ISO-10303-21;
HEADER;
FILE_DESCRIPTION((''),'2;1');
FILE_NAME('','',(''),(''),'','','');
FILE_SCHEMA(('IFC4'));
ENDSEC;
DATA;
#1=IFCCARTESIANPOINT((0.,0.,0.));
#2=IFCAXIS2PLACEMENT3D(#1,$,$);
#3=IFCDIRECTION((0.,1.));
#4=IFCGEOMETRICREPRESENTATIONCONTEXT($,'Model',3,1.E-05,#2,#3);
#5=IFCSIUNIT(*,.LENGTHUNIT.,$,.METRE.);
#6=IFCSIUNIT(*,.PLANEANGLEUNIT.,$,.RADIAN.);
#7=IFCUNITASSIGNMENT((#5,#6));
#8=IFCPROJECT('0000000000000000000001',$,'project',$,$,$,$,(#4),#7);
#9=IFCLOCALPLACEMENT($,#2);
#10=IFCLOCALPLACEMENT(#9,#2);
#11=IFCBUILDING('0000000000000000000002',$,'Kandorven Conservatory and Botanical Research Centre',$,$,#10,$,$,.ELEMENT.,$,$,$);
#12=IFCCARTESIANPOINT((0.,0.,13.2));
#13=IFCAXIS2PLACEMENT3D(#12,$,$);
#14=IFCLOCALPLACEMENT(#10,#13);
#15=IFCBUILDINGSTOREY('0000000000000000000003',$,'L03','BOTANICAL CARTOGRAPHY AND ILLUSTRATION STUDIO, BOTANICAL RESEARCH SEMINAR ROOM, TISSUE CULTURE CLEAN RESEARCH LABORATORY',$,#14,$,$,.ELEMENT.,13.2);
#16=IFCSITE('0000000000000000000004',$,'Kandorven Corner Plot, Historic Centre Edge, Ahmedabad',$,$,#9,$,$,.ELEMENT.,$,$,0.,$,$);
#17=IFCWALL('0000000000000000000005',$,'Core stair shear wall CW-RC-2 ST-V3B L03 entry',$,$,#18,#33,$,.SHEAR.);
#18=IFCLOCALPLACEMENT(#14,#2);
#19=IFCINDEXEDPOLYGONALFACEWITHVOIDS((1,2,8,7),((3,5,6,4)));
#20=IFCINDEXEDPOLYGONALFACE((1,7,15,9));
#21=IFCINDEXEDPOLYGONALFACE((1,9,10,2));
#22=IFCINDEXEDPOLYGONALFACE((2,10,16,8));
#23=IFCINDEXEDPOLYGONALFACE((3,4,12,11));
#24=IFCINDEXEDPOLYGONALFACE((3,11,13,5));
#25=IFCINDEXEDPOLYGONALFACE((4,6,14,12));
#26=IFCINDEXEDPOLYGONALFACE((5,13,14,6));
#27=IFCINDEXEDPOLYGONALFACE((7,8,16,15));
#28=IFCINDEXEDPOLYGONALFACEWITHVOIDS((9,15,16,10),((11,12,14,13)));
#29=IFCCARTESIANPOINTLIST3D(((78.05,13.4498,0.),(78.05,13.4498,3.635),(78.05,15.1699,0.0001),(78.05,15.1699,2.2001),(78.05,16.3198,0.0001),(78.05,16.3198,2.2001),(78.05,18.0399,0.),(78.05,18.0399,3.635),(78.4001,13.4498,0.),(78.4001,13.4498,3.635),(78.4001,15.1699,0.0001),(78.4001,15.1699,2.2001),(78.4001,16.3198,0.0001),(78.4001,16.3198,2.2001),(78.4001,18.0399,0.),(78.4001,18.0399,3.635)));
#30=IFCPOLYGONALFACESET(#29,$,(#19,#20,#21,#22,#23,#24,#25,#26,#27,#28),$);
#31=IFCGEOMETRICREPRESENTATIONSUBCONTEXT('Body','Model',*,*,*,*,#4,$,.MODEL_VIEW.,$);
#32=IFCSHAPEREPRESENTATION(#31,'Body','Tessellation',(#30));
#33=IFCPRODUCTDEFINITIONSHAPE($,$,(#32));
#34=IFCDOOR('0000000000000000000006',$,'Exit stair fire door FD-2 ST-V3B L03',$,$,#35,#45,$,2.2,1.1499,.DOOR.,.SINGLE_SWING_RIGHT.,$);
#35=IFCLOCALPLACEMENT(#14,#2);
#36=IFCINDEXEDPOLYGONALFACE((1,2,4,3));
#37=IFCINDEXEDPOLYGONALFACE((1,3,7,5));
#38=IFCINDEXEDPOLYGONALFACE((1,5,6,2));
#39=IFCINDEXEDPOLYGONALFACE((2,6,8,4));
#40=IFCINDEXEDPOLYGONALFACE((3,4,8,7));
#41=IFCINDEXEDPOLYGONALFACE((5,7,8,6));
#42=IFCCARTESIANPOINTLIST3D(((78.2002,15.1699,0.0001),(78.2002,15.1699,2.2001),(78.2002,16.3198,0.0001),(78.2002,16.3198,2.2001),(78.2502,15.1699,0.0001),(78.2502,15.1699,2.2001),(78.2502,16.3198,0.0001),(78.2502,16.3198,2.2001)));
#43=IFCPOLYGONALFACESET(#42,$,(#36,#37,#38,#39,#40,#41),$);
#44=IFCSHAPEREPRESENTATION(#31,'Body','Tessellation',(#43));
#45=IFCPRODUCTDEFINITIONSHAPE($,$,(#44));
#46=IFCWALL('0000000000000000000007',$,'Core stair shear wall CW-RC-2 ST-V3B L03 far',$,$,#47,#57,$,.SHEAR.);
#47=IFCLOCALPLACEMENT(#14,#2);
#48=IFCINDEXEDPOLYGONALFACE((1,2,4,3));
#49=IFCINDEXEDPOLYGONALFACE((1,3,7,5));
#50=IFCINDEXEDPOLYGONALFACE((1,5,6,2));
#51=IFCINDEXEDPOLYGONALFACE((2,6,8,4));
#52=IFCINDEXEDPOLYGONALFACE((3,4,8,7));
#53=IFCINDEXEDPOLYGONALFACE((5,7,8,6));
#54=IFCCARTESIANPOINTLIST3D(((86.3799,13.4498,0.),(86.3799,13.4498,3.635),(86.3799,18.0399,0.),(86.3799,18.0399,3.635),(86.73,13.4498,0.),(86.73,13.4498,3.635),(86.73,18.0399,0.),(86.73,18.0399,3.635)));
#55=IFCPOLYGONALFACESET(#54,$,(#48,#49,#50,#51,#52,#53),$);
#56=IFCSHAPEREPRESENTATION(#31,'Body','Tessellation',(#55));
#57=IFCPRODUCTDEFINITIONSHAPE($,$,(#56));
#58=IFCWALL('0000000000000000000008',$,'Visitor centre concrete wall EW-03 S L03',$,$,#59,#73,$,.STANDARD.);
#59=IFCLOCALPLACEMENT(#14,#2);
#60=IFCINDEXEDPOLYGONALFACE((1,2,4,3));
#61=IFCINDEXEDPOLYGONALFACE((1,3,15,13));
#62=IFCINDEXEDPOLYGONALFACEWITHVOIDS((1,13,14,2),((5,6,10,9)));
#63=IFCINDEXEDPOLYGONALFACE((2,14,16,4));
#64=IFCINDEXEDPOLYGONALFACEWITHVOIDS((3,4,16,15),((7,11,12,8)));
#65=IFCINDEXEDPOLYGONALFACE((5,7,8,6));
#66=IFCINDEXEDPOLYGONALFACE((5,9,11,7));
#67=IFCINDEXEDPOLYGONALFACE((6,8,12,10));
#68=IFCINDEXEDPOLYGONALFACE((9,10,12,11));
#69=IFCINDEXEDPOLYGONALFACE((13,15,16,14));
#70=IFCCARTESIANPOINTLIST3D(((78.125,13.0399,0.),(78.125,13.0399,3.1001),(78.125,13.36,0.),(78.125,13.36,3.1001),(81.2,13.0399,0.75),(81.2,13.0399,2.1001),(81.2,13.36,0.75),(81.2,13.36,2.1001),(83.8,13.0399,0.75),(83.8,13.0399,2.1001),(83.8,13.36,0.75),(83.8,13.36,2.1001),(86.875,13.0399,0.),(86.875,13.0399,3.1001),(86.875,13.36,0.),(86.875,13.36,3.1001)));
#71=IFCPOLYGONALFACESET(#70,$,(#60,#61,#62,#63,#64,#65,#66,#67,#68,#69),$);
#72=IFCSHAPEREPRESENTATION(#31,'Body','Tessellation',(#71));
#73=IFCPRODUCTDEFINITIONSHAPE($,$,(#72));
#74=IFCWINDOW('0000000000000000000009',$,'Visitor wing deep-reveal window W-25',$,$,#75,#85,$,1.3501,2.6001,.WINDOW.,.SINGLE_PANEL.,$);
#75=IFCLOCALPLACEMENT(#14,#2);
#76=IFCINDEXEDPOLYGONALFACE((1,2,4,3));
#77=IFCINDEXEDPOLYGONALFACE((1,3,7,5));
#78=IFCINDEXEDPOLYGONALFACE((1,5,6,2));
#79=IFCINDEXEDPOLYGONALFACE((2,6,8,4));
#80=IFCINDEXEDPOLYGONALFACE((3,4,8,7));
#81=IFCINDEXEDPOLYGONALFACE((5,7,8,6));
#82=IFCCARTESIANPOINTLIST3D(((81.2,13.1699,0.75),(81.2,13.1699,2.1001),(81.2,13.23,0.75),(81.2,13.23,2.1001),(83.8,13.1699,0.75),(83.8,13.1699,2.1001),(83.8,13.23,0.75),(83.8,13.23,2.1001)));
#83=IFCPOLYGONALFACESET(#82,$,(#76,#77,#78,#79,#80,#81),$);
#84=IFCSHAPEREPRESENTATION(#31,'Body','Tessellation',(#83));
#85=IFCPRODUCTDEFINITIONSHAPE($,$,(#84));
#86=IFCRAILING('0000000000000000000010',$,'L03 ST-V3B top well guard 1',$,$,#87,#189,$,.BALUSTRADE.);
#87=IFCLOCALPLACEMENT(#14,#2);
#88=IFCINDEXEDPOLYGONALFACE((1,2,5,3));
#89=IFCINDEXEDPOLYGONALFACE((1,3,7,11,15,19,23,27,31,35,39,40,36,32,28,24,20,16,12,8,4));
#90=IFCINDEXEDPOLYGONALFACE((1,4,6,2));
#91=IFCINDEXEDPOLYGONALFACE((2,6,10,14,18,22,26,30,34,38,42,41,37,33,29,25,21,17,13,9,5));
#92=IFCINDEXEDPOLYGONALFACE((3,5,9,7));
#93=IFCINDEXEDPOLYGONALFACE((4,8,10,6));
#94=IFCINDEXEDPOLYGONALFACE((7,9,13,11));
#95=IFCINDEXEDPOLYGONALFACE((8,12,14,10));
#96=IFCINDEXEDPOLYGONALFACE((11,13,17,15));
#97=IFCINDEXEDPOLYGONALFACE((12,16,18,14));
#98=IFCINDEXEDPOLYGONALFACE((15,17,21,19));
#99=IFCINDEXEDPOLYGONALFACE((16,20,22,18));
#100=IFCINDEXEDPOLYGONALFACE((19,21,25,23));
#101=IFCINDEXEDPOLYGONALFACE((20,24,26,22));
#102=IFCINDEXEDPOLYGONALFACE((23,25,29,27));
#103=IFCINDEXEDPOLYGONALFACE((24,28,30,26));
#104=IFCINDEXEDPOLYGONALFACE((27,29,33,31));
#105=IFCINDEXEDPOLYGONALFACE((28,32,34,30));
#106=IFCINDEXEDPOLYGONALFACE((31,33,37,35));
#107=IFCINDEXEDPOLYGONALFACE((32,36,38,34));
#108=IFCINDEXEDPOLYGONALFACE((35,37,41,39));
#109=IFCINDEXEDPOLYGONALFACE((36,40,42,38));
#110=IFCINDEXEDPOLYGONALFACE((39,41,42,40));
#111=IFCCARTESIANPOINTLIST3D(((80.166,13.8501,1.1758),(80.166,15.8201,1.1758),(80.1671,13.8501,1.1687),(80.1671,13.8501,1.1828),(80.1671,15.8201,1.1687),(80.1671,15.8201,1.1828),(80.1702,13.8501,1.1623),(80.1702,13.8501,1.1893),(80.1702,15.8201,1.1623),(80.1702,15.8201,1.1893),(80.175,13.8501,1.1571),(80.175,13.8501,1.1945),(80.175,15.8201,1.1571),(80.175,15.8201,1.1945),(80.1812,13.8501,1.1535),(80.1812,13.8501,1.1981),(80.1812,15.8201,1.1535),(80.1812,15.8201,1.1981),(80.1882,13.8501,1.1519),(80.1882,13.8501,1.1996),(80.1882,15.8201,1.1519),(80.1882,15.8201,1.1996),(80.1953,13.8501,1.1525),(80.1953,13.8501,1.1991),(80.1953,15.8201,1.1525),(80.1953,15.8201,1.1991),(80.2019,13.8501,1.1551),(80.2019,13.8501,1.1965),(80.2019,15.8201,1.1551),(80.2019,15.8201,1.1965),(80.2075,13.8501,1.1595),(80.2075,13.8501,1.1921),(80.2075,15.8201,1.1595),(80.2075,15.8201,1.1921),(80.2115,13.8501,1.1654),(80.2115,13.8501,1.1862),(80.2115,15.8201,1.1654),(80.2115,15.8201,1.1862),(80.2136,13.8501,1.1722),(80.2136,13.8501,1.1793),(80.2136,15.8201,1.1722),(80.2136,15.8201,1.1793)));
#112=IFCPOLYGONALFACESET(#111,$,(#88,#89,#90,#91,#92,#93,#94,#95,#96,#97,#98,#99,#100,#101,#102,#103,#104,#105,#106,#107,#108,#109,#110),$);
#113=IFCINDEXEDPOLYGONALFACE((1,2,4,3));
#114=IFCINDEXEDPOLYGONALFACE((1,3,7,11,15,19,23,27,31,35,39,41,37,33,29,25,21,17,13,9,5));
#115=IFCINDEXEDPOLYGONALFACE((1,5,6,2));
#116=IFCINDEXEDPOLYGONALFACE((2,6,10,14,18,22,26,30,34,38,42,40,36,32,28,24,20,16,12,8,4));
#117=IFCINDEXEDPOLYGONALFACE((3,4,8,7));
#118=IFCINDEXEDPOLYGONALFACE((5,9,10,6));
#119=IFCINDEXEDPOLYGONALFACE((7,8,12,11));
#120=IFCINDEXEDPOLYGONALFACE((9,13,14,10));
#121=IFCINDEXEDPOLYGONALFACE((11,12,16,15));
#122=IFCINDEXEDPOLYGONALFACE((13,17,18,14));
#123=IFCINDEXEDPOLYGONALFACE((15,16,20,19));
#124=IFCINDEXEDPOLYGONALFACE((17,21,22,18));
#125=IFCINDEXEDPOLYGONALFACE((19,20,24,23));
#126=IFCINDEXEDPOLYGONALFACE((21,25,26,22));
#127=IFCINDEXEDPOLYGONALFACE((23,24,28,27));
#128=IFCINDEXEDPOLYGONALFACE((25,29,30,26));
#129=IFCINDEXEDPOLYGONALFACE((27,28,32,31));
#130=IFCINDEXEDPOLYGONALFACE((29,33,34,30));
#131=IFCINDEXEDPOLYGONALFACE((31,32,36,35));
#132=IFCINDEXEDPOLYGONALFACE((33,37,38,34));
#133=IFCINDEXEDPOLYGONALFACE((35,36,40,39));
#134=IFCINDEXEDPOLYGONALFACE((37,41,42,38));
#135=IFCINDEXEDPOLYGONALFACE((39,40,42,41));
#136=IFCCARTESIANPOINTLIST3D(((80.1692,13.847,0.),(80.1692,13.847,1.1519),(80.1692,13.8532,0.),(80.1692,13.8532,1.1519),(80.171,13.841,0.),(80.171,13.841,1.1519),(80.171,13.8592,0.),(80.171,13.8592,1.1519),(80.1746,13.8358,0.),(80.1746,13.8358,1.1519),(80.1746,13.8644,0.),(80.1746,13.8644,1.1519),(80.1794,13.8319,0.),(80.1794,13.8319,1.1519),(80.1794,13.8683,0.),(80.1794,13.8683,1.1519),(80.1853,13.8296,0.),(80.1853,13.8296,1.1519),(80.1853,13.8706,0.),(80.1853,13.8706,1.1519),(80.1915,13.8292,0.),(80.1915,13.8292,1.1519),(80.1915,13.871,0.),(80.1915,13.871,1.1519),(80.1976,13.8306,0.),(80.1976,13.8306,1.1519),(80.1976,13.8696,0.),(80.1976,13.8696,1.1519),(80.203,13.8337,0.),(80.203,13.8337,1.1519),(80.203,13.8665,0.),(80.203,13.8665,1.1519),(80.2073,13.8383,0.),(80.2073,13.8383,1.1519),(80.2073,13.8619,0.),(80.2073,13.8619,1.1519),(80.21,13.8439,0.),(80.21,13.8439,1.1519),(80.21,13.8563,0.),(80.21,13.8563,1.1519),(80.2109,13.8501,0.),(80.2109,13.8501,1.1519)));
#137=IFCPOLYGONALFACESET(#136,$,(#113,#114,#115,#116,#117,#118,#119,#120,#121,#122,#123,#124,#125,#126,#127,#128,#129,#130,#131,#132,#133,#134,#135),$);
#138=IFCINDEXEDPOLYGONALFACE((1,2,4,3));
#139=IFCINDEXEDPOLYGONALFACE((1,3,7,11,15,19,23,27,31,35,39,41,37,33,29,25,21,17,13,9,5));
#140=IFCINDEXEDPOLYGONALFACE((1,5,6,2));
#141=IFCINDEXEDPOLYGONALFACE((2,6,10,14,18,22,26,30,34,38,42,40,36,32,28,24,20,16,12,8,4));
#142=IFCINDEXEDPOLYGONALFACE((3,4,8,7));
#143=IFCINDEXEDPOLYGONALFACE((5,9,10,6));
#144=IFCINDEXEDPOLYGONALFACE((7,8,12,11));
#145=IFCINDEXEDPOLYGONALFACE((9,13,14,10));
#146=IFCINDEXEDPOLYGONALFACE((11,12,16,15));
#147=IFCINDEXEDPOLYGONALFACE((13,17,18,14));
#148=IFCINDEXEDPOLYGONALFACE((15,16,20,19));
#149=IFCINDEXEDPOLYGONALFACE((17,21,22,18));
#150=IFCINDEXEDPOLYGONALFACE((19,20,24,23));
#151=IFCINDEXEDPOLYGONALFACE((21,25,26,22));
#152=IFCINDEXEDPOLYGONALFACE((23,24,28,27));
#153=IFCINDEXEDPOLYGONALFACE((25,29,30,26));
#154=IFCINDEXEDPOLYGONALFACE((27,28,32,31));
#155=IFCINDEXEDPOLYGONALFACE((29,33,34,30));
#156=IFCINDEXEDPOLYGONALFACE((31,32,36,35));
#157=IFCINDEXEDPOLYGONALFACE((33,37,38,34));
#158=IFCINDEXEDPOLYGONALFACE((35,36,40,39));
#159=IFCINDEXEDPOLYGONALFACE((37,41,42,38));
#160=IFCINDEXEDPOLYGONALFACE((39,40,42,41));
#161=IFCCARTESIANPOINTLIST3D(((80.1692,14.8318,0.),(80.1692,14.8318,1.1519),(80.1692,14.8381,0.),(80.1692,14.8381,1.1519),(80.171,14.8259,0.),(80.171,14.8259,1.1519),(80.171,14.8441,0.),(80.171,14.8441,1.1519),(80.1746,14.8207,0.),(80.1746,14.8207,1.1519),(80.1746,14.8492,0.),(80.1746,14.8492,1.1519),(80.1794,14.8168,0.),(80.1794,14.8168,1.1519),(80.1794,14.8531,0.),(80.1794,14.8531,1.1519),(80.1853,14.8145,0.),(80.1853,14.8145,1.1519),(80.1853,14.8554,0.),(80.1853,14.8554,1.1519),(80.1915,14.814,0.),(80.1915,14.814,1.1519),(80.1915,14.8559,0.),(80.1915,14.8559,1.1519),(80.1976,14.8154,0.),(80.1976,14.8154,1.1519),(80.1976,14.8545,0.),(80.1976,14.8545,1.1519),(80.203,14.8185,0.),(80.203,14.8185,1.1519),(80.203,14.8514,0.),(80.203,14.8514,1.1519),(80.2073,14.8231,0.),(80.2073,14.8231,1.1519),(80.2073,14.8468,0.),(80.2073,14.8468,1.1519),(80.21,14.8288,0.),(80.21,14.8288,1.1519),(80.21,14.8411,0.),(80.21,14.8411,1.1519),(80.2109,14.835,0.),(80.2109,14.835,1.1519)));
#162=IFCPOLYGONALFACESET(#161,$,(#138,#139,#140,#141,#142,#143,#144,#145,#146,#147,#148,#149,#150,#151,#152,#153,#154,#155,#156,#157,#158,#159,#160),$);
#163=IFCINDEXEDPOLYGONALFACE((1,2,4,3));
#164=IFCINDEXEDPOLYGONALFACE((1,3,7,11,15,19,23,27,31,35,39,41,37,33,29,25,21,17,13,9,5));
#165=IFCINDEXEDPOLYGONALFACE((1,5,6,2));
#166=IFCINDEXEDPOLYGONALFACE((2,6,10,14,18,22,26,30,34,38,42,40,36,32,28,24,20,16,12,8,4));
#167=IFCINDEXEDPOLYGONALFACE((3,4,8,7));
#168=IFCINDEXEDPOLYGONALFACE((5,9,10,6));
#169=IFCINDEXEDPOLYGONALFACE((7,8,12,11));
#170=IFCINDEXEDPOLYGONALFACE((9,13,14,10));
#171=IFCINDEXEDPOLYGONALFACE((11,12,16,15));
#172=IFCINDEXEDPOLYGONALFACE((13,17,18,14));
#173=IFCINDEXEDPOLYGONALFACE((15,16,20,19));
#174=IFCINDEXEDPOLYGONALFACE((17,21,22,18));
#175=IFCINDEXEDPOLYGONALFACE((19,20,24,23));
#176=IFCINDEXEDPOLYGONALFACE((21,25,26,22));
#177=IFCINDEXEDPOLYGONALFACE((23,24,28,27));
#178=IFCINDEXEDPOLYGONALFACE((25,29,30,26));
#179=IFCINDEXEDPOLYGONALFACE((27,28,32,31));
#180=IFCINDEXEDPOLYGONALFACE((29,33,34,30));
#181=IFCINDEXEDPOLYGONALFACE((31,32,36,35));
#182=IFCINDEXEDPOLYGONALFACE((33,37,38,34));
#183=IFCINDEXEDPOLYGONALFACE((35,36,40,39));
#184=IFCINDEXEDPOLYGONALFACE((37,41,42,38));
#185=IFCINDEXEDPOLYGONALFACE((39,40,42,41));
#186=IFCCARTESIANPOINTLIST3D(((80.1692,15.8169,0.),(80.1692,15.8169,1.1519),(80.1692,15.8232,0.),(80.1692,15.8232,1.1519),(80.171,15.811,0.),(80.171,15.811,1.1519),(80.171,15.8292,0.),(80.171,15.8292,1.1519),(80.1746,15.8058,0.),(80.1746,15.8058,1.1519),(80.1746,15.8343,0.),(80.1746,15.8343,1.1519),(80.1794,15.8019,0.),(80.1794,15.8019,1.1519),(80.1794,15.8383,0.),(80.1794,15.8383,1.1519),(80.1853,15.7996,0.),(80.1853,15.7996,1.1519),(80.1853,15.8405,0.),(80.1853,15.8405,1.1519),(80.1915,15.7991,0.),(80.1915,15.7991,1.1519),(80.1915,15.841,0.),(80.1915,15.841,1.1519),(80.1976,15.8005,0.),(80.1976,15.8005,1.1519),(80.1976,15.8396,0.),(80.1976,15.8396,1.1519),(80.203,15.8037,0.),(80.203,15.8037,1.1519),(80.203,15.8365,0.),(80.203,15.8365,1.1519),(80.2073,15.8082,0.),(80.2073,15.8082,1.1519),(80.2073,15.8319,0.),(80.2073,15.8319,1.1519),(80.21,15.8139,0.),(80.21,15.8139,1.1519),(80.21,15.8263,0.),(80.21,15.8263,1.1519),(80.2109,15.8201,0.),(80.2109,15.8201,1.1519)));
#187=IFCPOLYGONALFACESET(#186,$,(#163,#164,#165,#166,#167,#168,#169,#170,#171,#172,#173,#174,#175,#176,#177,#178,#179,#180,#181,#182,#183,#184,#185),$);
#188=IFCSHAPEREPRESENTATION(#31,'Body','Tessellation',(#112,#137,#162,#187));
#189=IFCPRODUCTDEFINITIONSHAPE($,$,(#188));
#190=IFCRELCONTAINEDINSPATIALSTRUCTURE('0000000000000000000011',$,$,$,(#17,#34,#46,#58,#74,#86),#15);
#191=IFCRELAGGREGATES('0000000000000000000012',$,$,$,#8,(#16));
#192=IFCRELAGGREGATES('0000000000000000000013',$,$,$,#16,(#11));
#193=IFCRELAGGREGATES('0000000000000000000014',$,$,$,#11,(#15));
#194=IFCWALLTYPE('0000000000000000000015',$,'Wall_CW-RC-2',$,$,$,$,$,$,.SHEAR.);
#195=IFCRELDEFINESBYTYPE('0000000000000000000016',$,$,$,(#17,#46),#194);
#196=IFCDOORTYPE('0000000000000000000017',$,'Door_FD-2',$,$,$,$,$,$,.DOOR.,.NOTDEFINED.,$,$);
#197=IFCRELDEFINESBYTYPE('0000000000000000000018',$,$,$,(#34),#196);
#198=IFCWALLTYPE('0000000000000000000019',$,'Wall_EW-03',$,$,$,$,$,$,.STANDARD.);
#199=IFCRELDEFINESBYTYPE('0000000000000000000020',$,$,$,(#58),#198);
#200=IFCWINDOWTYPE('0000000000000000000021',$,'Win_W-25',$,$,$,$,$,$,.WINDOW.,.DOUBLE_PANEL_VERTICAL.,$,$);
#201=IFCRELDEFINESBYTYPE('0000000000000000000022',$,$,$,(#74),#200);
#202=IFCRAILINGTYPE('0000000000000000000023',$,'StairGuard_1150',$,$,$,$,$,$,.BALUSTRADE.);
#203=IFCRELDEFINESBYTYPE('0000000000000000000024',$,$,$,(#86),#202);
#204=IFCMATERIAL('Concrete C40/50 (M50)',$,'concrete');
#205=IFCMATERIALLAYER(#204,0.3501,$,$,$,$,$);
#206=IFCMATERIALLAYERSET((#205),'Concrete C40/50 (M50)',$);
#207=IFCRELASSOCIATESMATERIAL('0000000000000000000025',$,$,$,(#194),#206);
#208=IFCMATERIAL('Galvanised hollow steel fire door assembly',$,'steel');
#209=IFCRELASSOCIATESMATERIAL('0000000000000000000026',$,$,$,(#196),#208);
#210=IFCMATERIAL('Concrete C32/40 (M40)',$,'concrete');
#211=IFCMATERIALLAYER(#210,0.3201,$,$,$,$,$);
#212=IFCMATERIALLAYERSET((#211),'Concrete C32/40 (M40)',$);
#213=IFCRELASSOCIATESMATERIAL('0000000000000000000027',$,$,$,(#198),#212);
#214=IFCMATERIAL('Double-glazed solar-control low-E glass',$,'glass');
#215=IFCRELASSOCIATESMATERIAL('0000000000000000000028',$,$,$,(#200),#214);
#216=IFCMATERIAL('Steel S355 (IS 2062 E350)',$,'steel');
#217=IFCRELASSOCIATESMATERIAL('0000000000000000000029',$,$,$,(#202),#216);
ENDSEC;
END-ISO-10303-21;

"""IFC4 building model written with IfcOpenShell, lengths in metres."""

from ifc_helpers import new_model, si_unit, direction, frame, frame_2d, origin, origin_2d, place, context, subcontext, project, spatial, rectangle, circle, extrude, material, layer, layer_set, type_object, element, fill, save


model = new_model("IFC4")

# Units and contexts
model_context = context("Model", 3, precision=1e-05, world=origin(), true_north=direction((0.0, 1.0)))
body_context = subcontext(model_context, "Body", "Model", "MODEL_VIEW")
ifc_project = project(units=[si_unit("LENGTHUNIT", "METRE"), si_unit("PLANEANGLEUNIT", "RADIAN")], contexts=[model_context])

# Site, building, storey
site_placement = place(None, origin())
site = spatial("IfcSite", under=ifc_project, at=site_placement, Name="Kandorven Corner Plot, Historic Centre Edge, Ahmedabad", CompositionType="ELEMENT", RefElevation=0.0)
building_placement = place(site_placement, origin())
building = spatial("IfcBuilding", under=site, at=building_placement, Name="Kandorven Conservatory and Botanical Research Centre", CompositionType="ELEMENT")
storey_placement = place(building_placement, frame((0.0, 0.0, 13.2)))
storey = spatial("IfcBuildingStorey", under=building, at=storey_placement, Name="L03", Description="BOTANICAL CARTOGRAPHY AND ILLUSTRATION STUDIO, BOTANICAL RESEARCH SEMINAR ROOM, TISSUE CULTURE CLEAN RESEARCH LABORATORY", CompositionType="ELEMENT", Elevation=13.2)

# Wall, opening, door
ifc_material_1 = material(Name="Concrete C40/50 (M50)", Category="concrete")
ifc_layer_1 = layer(ifc_material_1, 0.3501)
ifc_layer_set_1 = layer_set([ifc_layer_1], Name="Concrete C40/50 (M50)")
wall_type_1 = type_object("IfcWallType", Name="Wall_CW-RC-2", PredefinedType="SHEAR", material=ifc_layer_set_1)
wall_1_placement = place(storey_placement, frame((78.2251, 13.45, 0.0), z_axis=(0.0, 0.0, 1.0), x_axis=(0.0, 1.0, 0.0)))
wall_1 = element("IfcWall", 1, at=wall_1_placement, inside=storey, type_object=wall_type_1, Name="Core stair shear wall CW-RC-2 ST-V3B L03 entry", PredefinedType="SHEAR", context=body_context, shape_type="SweptSolid", body=[
    extrude(rectangle(XDim=4.5901, YDim=0.3501, at=frame_2d((2.2949, 0.0))), origin(), (0.0, 0.0, 1.0), 3.635),
])
opening_1_placement = place(wall_1_placement, frame((1.72, 0.0, 0.0)))
opening_1 = element("IfcOpeningElement", 2, at=opening_1_placement, cuts=wall_1, PredefinedType="OPENING", context=body_context, shape_type="SweptSolid", body=[
    extrude(rectangle(XDim=1.1499, YDim=2.2, at=frame_2d((0.575, 1.1001))), frame((0.0, 0.1851, 0.0), z_axis=(0.0, -1.0, 0.0), x_axis=(1.0, 0.0, 0.0)), (0.0, 0.0, 1.0), 0.3701),
])
ifc_material_2 = material(Name="Galvanised hollow steel fire door assembly", Category="steel")
door_type = type_object("IfcDoorType", Name="Door_FD-2", OperationType="NOTDEFINED", PredefinedType="DOOR", material=ifc_material_2)
door_placement = place(opening_1_placement, origin())
door = element("IfcDoor", 3, at=door_placement, inside=storey, type_object=door_type, Name="Exit stair fire door FD-2 ST-V3B L03", OperationType="SINGLE_SWING_RIGHT", OverallHeight=2.2, OverallWidth=1.1499, PredefinedType="DOOR", context=body_context, shape_type="SweptSolid", body=[
    extrude(rectangle(XDim=1.1499, YDim=2.2, at=frame_2d((0.575, 1.1001))), frame((0.0, 0.0249, 0.0), z_axis=(0.0, -1.0, 0.0), x_axis=(1.0, 0.0, 0.0)), (0.0, 0.0, 1.0), 0.05),
])
fill(opening_1, door)

# Wall
wall_2_placement = place(storey_placement, frame((86.5549, 13.45, 0.0), z_axis=(0.0, 0.0, 1.0), x_axis=(0.0, 1.0, 0.0)))
element("IfcWall", 4, at=wall_2_placement, inside=storey, type_object=wall_type_1, Name="Core stair shear wall CW-RC-2 ST-V3B L03 far", PredefinedType="SHEAR", context=body_context, shape_type="SweptSolid", body=[
    extrude(rectangle(XDim=4.5901, YDim=0.3501, at=frame_2d((2.2949, 0.0))), origin(), (0.0, 0.0, 1.0), 3.635),
])

# Wall, opening, window
ifc_material_3 = material(Name="Concrete C32/40 (M40)", Category="concrete")
ifc_layer_2 = layer(ifc_material_3, 0.3201)
ifc_layer_set_2 = layer_set([ifc_layer_2], Name="Concrete C32/40 (M40)")
wall_type_2 = type_object("IfcWallType", Name="Wall_EW-03", PredefinedType="STANDARD", material=ifc_layer_set_2)
wall_3_placement = place(storey_placement, frame((78.125, 13.2, 0.0), z_axis=(0.0, 0.0, 1.0), x_axis=(1.0, 0.0, 0.0)))
wall_3 = element("IfcWall", 5, at=wall_3_placement, inside=storey, type_object=wall_type_2, Name="Visitor centre concrete wall EW-03 S L03", PredefinedType="STANDARD", context=body_context, shape_type="SweptSolid", body=[
    extrude(rectangle(XDim=8.75, YDim=0.3201, at=frame_2d((4.375, 0.0))), origin(), (0.0, 0.0, 1.0), 3.1001),
])
opening_2_placement = place(wall_3_placement, frame((3.075, 0.0, 0.75)))
opening_2 = element("IfcOpeningElement", 6, at=opening_2_placement, cuts=wall_3, PredefinedType="OPENING", context=body_context, shape_type="SweptSolid", body=[
    extrude(rectangle(XDim=2.6001, YDim=1.3501, at=frame_2d((1.3, 0.675))), frame((0.0, 0.1699, 0.0), z_axis=(0.0, -1.0, 0.0), x_axis=(1.0, 0.0, 0.0)), (0.0, 0.0, 1.0), 0.3401),
])
ifc_material_4 = material(Name="Double-glazed solar-control low-E glass", Category="glass")
window_type = type_object("IfcWindowType", Name="Win_W-25", PartitioningType="DOUBLE_PANEL_VERTICAL", PredefinedType="WINDOW", material=ifc_material_4)
window_placement = place(opening_2_placement, origin())
window = element("IfcWindow", 7, at=window_placement, inside=storey, type_object=window_type, Name="Visitor wing deep-reveal window W-25", OverallHeight=1.3501, OverallWidth=2.6001, PartitioningType="SINGLE_PANEL", PredefinedType="WINDOW", context=body_context, shape_type="SweptSolid", body=[
    extrude(rectangle(XDim=2.6001, YDim=1.3501, at=frame_2d((1.3, 0.675))), frame((0.0, 0.03, 0.0), z_axis=(0.0, -1.0, 0.0), x_axis=(1.0, 0.0, 0.0)), (0.0, 0.0, 1.0), 0.0601),
])
fill(opening_2, window)

# Railing
ifc_material_5 = material(Name="Steel S355 (IS 2062 E350)", Category="steel")
railing_type_1 = type_object("IfcRailingType", Name="StairGuard_1150", PredefinedType="BALUSTRADE", material=ifc_material_5)
railing_1_placement = place(storey_placement, frame((80.1899, 13.8501, 0.0)))
element("IfcRailing", 8, at=railing_1_placement, inside=storey, type_object=railing_type_1, Name="L03 ST-V3B top well guard 1", PredefinedType="BALUSTRADE", context=body_context, shape_type="SweptSolid", body=[
    extrude(circle(Radius=0.0239, at=origin_2d()), frame((0.0, 0.0, 1.1758), z_axis=(0.0, 1.0, 0.0), x_axis=(-1.0, 0.0, 0.0)), (0.0, 0.0, 1.0), 1.97),
    extrude(circle(Radius=0.021, at=origin_2d()), origin(), (0.0, 0.0, 1.0), 1.1519),
    extrude(circle(Radius=0.021, at=origin_2d()), frame((0.0, 0.9849, 0.0)), (0.0, 0.0, 1.0), 1.1519),
    extrude(circle(Radius=0.021, at=origin_2d()), frame((0.0, 1.97, 0.0)), (0.0, 0.0, 1.0), 1.1519),
])

save(model, "model.ifc")
